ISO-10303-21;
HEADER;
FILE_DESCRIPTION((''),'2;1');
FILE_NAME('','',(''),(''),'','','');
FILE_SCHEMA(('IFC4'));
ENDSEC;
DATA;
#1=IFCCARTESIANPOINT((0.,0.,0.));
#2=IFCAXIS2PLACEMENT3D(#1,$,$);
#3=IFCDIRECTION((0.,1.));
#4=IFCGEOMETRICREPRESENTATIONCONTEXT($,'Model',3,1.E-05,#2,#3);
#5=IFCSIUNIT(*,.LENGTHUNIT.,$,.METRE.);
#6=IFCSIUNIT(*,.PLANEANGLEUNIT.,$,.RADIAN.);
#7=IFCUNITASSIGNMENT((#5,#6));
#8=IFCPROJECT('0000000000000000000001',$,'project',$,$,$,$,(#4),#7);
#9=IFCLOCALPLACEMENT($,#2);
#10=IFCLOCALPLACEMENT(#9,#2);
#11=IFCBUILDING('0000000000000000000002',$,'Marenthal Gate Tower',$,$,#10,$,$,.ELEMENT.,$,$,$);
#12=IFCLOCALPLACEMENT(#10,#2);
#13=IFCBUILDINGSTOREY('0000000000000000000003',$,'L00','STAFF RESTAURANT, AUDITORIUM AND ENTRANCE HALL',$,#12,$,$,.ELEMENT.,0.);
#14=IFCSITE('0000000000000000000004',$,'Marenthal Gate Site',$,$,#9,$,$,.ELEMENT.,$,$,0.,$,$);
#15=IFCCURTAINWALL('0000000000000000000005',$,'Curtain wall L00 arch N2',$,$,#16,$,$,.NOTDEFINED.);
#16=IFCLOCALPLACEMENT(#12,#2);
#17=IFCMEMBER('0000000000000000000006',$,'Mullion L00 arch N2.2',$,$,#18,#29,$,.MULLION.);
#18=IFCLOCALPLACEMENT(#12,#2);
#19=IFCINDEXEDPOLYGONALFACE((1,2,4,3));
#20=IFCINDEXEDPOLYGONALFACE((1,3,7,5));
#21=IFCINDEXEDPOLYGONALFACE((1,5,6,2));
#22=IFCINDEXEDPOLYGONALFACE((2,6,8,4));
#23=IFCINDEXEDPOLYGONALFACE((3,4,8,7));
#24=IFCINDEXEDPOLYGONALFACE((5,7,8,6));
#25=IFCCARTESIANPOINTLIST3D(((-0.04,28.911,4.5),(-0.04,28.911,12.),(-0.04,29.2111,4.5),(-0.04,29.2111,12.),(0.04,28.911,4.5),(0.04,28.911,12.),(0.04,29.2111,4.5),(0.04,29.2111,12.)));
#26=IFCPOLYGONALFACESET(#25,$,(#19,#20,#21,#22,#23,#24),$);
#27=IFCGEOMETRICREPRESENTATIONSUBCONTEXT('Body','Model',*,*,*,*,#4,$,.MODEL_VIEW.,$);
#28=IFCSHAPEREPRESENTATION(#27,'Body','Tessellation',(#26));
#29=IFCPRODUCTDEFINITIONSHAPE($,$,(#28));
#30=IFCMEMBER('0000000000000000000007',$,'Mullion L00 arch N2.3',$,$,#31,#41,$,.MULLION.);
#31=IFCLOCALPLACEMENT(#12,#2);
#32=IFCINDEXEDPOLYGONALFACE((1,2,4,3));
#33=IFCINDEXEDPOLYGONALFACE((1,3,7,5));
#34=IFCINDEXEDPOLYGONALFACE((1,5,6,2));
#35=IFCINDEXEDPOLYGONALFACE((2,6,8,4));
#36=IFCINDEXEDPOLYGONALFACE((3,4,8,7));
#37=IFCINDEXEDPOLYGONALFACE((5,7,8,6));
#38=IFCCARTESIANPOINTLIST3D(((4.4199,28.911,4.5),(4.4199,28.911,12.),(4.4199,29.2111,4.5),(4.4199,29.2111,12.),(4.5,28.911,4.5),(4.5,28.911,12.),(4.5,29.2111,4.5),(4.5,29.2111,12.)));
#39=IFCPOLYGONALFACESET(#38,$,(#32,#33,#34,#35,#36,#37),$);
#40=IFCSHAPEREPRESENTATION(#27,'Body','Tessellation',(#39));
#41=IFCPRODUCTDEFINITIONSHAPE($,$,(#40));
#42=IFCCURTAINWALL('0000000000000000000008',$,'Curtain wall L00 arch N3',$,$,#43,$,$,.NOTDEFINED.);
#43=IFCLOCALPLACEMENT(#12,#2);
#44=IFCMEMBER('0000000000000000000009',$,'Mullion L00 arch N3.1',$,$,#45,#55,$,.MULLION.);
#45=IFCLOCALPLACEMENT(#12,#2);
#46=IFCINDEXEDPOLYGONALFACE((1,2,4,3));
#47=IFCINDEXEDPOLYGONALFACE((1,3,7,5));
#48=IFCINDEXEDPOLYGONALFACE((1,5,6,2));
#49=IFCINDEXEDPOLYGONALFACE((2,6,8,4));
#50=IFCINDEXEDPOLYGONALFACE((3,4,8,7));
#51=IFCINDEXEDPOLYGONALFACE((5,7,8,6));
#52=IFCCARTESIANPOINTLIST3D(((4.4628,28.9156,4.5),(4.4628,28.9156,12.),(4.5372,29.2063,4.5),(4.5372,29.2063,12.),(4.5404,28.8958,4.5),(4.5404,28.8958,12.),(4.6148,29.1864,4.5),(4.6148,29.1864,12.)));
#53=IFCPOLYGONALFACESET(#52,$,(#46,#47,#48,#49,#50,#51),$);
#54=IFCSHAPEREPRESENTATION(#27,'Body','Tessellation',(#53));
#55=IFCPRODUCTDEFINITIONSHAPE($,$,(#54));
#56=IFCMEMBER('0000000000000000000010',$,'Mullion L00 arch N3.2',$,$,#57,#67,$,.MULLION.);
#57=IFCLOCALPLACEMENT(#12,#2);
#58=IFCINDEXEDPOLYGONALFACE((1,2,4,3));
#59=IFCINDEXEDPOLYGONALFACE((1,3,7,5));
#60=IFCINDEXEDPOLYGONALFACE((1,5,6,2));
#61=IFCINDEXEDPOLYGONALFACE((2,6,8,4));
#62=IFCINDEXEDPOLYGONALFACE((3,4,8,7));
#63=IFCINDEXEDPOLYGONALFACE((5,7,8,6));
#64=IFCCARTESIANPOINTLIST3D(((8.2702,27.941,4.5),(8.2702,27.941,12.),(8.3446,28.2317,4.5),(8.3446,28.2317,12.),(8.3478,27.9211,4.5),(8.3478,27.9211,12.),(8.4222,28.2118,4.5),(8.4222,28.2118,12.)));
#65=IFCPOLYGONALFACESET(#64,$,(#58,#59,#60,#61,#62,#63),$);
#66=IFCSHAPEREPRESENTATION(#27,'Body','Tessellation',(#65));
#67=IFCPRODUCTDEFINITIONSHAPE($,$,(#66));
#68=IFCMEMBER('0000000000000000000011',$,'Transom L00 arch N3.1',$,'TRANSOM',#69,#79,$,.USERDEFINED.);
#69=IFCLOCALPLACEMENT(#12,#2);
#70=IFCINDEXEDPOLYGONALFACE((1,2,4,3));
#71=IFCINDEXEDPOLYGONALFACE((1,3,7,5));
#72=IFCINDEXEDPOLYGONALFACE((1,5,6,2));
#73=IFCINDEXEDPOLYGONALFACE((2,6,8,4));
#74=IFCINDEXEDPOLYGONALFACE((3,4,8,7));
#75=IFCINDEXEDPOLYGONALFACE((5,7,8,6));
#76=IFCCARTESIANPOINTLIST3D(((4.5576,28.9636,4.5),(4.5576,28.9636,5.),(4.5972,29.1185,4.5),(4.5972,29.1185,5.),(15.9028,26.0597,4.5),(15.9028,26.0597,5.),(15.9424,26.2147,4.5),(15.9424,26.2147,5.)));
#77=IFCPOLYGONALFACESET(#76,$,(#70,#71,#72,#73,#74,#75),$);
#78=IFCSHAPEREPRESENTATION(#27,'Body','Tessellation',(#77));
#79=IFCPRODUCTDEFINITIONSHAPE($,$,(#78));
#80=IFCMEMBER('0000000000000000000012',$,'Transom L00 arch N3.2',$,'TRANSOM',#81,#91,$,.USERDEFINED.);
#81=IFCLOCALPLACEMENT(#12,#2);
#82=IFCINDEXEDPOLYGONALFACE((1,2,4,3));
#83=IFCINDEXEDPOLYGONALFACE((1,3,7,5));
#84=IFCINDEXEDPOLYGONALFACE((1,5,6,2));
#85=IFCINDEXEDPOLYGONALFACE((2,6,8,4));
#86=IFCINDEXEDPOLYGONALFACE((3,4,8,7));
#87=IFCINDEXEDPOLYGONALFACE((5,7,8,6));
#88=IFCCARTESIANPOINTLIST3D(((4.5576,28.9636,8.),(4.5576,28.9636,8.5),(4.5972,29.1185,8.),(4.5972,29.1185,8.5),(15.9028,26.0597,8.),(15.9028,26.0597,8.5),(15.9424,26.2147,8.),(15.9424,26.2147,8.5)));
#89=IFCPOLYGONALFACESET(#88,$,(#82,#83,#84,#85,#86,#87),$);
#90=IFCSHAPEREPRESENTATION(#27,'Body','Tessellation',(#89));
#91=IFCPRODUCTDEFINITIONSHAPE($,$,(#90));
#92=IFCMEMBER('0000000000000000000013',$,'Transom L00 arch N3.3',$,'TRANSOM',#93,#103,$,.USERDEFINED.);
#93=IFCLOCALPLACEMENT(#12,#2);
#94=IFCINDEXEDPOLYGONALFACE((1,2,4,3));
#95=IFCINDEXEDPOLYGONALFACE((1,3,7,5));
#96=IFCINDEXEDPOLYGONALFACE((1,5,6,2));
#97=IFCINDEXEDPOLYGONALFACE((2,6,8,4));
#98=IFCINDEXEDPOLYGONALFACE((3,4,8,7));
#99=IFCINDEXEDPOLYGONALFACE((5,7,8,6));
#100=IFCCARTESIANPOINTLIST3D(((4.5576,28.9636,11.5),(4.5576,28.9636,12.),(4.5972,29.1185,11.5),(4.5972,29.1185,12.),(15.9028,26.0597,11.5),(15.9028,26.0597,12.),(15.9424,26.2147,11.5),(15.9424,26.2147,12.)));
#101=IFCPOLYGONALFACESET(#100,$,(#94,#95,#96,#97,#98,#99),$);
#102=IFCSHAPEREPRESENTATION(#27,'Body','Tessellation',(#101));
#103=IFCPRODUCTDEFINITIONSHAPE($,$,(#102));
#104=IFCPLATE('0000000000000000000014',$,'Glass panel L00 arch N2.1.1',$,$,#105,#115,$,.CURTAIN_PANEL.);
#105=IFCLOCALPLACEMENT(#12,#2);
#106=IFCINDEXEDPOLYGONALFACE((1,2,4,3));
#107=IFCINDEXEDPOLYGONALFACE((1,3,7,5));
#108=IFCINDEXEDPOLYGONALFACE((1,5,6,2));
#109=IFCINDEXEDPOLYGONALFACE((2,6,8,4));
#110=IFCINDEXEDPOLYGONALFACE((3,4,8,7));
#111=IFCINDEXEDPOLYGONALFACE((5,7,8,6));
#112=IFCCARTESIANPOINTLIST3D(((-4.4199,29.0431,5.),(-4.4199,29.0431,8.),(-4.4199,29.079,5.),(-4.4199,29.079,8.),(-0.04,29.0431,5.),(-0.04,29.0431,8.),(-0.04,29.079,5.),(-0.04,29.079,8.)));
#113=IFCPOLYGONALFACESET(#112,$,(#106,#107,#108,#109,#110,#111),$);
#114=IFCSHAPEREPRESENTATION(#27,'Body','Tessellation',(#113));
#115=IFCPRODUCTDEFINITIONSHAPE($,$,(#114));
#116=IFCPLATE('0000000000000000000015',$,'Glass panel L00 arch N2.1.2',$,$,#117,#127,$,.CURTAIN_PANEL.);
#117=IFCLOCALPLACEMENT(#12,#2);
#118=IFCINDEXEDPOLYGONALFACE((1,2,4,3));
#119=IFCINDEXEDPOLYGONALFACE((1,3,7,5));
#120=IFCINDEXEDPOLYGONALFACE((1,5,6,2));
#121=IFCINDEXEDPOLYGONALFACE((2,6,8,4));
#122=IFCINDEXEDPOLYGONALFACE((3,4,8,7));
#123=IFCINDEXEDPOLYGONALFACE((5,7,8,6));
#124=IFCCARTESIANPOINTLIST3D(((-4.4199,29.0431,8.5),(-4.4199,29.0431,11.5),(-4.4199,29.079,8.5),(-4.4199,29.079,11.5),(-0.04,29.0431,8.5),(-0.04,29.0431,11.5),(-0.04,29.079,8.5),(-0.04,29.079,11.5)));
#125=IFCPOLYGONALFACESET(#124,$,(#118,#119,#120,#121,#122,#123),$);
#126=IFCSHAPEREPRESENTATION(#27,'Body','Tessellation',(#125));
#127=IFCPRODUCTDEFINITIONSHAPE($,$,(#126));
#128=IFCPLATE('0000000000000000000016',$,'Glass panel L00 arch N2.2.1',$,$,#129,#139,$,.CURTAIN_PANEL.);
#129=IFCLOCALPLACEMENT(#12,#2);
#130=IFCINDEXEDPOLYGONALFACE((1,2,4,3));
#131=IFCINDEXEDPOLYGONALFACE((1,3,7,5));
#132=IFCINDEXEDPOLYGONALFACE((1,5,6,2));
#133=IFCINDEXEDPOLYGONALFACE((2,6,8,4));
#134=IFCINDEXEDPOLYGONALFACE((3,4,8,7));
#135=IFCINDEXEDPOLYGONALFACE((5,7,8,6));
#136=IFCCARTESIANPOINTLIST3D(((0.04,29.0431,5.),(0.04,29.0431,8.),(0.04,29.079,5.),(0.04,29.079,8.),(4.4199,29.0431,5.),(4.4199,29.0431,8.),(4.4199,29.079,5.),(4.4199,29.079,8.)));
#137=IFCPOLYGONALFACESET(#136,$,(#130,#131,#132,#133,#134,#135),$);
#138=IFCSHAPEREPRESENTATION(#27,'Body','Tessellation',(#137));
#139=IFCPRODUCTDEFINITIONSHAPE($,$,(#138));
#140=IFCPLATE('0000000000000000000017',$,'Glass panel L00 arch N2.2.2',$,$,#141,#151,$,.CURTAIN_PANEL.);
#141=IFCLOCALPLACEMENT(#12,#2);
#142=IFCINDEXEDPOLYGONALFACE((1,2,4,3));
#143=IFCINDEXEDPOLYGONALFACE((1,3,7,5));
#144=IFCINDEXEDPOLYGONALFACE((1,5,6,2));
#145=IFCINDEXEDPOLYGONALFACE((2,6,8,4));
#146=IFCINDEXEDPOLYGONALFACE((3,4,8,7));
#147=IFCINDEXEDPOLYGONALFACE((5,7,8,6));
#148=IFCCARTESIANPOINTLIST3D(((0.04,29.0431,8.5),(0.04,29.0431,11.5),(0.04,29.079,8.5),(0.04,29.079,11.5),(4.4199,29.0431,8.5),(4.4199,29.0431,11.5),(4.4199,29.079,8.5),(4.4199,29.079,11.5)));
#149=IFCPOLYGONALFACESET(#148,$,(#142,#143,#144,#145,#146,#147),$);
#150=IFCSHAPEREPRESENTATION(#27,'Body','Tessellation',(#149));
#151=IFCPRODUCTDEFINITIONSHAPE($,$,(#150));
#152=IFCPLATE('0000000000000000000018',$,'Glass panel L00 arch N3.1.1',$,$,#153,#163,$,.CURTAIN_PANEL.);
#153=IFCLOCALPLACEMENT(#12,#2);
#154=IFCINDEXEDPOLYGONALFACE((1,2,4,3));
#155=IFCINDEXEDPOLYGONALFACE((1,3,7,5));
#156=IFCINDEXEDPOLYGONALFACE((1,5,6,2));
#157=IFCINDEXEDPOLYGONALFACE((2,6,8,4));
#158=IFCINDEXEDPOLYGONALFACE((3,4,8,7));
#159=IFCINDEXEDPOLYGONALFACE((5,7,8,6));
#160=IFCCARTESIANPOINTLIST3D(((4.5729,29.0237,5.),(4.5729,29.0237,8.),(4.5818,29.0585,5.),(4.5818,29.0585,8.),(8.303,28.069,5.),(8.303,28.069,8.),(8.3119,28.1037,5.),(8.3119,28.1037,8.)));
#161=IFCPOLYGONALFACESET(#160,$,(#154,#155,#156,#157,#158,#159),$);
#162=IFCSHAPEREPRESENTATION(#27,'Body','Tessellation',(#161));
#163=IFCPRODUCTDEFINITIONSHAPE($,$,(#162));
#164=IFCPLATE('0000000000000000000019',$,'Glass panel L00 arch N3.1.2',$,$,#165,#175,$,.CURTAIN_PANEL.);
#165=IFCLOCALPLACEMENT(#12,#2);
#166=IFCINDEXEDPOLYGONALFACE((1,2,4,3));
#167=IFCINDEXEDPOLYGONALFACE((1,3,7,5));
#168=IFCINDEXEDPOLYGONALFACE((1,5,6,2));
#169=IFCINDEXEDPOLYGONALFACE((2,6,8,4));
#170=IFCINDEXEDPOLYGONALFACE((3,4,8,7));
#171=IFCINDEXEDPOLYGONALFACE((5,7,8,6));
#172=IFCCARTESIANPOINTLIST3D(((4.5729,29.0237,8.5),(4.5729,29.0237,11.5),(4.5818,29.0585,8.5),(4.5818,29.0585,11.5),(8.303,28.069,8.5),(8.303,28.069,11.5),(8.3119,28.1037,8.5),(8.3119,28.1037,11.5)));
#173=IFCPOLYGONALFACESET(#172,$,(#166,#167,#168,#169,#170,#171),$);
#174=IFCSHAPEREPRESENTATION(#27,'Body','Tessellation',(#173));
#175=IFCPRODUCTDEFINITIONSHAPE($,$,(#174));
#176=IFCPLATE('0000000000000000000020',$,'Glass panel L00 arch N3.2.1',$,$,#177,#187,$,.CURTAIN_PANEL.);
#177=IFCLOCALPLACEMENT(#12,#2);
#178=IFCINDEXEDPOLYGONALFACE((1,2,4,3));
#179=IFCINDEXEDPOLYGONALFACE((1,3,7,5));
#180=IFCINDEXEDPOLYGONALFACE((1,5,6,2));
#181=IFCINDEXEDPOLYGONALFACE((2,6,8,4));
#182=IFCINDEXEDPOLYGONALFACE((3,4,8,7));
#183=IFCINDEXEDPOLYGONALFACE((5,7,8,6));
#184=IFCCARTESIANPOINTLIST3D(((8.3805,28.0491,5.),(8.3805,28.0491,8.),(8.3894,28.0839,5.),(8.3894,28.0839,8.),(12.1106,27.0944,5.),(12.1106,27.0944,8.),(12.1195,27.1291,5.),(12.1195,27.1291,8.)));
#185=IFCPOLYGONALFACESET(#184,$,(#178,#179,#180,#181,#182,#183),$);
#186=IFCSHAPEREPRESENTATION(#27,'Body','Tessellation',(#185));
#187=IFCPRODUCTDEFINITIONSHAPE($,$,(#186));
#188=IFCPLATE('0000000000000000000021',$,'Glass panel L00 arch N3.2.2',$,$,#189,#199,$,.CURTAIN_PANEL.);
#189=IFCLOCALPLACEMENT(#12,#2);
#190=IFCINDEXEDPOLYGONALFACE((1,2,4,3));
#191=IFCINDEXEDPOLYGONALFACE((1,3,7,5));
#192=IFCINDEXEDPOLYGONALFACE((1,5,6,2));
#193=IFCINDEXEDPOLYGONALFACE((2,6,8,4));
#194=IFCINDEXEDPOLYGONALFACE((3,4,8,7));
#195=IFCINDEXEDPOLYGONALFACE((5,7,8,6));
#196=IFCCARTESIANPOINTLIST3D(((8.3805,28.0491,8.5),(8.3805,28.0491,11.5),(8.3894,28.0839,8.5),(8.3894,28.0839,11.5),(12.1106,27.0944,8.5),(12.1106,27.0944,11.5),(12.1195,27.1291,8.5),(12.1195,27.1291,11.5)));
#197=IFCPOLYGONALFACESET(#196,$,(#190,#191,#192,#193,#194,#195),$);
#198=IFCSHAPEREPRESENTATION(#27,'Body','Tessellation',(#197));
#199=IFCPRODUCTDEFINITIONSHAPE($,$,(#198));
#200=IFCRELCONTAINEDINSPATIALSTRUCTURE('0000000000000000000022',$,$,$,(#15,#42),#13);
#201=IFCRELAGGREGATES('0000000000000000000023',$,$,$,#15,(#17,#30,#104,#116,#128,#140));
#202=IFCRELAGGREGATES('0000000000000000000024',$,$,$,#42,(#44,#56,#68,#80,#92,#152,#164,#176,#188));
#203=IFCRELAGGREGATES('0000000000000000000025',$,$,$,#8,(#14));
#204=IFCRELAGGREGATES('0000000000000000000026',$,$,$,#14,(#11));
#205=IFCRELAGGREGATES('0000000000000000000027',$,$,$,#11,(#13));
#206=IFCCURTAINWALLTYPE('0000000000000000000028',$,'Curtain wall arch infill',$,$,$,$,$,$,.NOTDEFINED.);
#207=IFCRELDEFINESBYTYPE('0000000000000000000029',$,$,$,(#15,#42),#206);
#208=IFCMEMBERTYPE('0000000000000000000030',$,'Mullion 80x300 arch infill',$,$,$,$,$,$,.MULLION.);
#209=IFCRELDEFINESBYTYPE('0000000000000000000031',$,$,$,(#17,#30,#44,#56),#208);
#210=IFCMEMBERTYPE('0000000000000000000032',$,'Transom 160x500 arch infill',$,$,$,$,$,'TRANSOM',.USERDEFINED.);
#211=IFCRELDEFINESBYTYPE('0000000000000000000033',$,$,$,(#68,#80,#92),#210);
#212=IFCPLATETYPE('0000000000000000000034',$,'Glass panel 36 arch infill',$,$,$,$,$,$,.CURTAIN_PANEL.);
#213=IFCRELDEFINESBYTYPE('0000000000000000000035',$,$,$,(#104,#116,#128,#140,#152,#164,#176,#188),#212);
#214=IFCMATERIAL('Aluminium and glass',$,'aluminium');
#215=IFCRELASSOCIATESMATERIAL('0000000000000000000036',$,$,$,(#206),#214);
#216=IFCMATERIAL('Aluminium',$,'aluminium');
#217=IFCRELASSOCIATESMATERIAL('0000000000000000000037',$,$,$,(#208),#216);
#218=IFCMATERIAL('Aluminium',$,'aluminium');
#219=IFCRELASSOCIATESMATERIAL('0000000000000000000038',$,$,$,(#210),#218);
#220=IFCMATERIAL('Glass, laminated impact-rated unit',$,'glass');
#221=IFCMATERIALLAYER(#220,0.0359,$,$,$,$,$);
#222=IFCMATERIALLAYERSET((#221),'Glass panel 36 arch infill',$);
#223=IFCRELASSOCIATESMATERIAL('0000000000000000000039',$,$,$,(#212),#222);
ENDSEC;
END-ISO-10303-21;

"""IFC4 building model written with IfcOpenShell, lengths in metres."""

from ifc_helpers import new_model, si_unit, direction, frame, origin, origin_2d, place, context, subcontext, project, spatial, rectangle, extrude, material, layer, layer_set, material_profile, profile_set, type_object, element, aggregate, save


model = new_model("IFC4")

# Units and contexts
model_context = context("Model", 3, precision=1e-05, world=origin(), true_north=direction((0.0, 1.0)))
body_context = subcontext(model_context, "Body", "Model", "MODEL_VIEW")
ifc_project = project(units=[si_unit("LENGTHUNIT", "METRE"), si_unit("PLANEANGLEUNIT", "RADIAN")], contexts=[model_context])

# Site, building, storey
site_placement = place(None, origin())
site = spatial("IfcSite", under=ifc_project, at=site_placement, Name="Marenthal Gate Site", CompositionType="ELEMENT", RefElevation=0.0)
building_placement = place(site_placement, origin())
building = spatial("IfcBuilding", under=site, at=building_placement, Name="Marenthal Gate Tower", CompositionType="ELEMENT")
storey_placement = place(building_placement, origin())
storey = spatial("IfcBuildingStorey", under=building, at=storey_placement, Name="L00", Description="STAFF RESTAURANT, AUDITORIUM AND ENTRANCE HALL", CompositionType="ELEMENT", Elevation=0.0)

# Curtain walls, members
ifc_material_1 = material(Name="Aluminium and glass", Category="aluminium")
curtain_wall_type = type_object("IfcCurtainWallType", Name="Curtain wall arch infill", PredefinedType="NOTDEFINED", material=ifc_material_1)
curtain_wall_1_placement = place(storey_placement, origin())
curtain_wall_1 = element("IfcCurtainWall", 1, at=curtain_wall_1_placement, inside=storey, type_object=curtain_wall_type, Name="Curtain wall L00 arch N2", PredefinedType="NOTDEFINED")
ifc_material_2 = material(Name="Aluminium", Category="aluminium")
ifc_material_profile_1 = material_profile(ifc_material_2, rectangle(XDim=0.3, YDim=0.0801, at=origin_2d()), Name="80x300 aluminium mullion")
ifc_profile_set_1 = profile_set([ifc_material_profile_1], Name="Aluminium")
member_type_1 = type_object("IfcMemberType", Name="Mullion 80x300 arch infill", PredefinedType="MULLION", material=ifc_profile_set_1)
member_1_placement = place(storey_placement, frame((0.0, 29.061, 4.5), z_axis=(0.0, 0.0, 1.0), x_axis=(0.0, 1.0, 0.0)))
member_1 = element("IfcMember", 2, at=member_1_placement, type_object=member_type_1, Name="Mullion L00 arch N2.2", PredefinedType="MULLION", context=body_context, shape_type="SweptSolid", body=[
    extrude(rectangle(XDim=0.3, YDim=0.0801, at=origin_2d()), origin(), (0.0, 0.0, 1.0), 7.5),
])
member_2_placement = place(storey_placement, frame((4.46, 29.061, 4.5), z_axis=(0.0, 0.0, 1.0), x_axis=(0.0, 1.0, 0.0)))
member_2 = element("IfcMember", 3, at=member_2_placement, type_object=member_type_1, Name="Mullion L00 arch N2.3", PredefinedType="MULLION", context=body_context, shape_type="SweptSolid", body=[
    extrude(rectangle(XDim=0.3, YDim=0.0801, at=origin_2d()), origin(), (0.0, 0.0, 1.0), 7.5),
])
curtain_wall_2_placement = place(storey_placement, origin())
curtain_wall_2 = element("IfcCurtainWall", 4, at=curtain_wall_2_placement, inside=storey, type_object=curtain_wall_type, Name="Curtain wall L00 arch N3", PredefinedType="NOTDEFINED")
member_3_placement = place(storey_placement, frame((4.5388, 29.051, 4.5), z_axis=(0.0, 0.0, 1.0), x_axis=(0.247965, 0.968769, 0.0)))
member_3 = element("IfcMember", 5, at=member_3_placement, type_object=member_type_1, Name="Mullion L00 arch N3.1", PredefinedType="MULLION", context=body_context, shape_type="SweptSolid", body=[
    extrude(rectangle(XDim=0.3, YDim=0.0801, at=origin_2d()), origin(), (0.0, 0.0, 1.0), 7.5),
])
member_4_placement = place(storey_placement, frame((8.3462, 28.0764, 4.5), z_axis=(0.0, 0.0, 1.0), x_axis=(0.247965, 0.968769, 0.0)))
member_4 = element("IfcMember", 6, at=member_4_placement, type_object=member_type_1, Name="Mullion L00 arch N3.2", PredefinedType="MULLION", context=body_context, shape_type="SweptSolid", body=[
    extrude(rectangle(XDim=0.3, YDim=0.0801, at=origin_2d()), origin(), (0.0, 0.0, 1.0), 7.5),
])
ifc_material_3 = material(Name="Aluminium", Category="aluminium")
ifc_material_profile_2 = material_profile(ifc_material_3, rectangle(XDim=0.1599, YDim=0.5, at=origin_2d()), Name="160x500 aluminium transom")
ifc_profile_set_2 = profile_set([ifc_material_profile_2], Name="Aluminium")
member_type_2 = type_object("IfcMemberType", Name="Transom 160x500 arch infill", ElementType="TRANSOM", PredefinedType="USERDEFINED", material=ifc_profile_set_2)
member_5_placement = place(storey_placement, frame((4.5774, 29.041, 4.75), z_axis=(0.968771, -0.247957, 0.0), x_axis=(0.247957, 0.968771, 0.0)))
member_5 = element("IfcMember", 7, at=member_5_placement, type_object=member_type_2, Name="Transom L00 arch N3.1", ObjectType="TRANSOM", PredefinedType="USERDEFINED", context=body_context, shape_type="SweptSolid", body=[
    extrude(rectangle(XDim=0.1599, YDim=0.5, at=origin_2d()), origin(), (0.0, 0.0, 1.0), 11.7109),
])
member_6_placement = place(storey_placement, frame((4.5774, 29.041, 8.25), z_axis=(0.968771, -0.247957, 0.0), x_axis=(0.247957, 0.968771, 0.0)))
member_6 = element("IfcMember", 8, at=member_6_placement, type_object=member_type_2, Name="Transom L00 arch N3.2", ObjectType="TRANSOM", PredefinedType="USERDEFINED", context=body_context, shape_type="SweptSolid", body=[
    extrude(rectangle(XDim=0.1599, YDim=0.5, at=origin_2d()), origin(), (0.0, 0.0, 1.0), 11.7109),
])
member_7_placement = place(storey_placement, frame((4.5774, 29.041, 11.75), z_axis=(0.968771, -0.247957, 0.0), x_axis=(0.247957, 0.968771, 0.0)))
member_7 = element("IfcMember", 9, at=member_7_placement, type_object=member_type_2, Name="Transom L00 arch N3.3", ObjectType="TRANSOM", PredefinedType="USERDEFINED", context=body_context, shape_type="SweptSolid", body=[
    extrude(rectangle(XDim=0.1599, YDim=0.5, at=origin_2d()), origin(), (0.0, 0.0, 1.0), 11.7109),
])

# Plates
ifc_material_4 = material(Name="Glass, laminated impact-rated unit", Category="glass")
ifc_layer_1 = layer(ifc_material_4, 0.0359)
ifc_layer_set_1 = layer_set([ifc_layer_1], Name="Glass panel 36 arch infill")
plate_type = type_object("IfcPlateType", Name="Glass panel 36 arch infill", PredefinedType="CURTAIN_PANEL", material=ifc_layer_set_1)
plate_1_placement = place(storey_placement, frame((-2.23, 29.061, 5.0), z_axis=(0.0, 0.0, 1.0), x_axis=(1.0, 0.0, 0.0)))
plate_1 = element("IfcPlate", 10, at=plate_1_placement, type_object=plate_type, Name="Glass panel L00 arch N2.1.1", PredefinedType="CURTAIN_PANEL", context=body_context, shape_type="SweptSolid", body=[
    extrude(rectangle(XDim=4.3799, YDim=0.0359, at=origin_2d()), origin(), (0.0, 0.0, 1.0), 3.0),
])
plate_2_placement = place(storey_placement, frame((-2.23, 29.061, 8.5), z_axis=(0.0, 0.0, 1.0), x_axis=(1.0, 0.0, 0.0)))
plate_2 = element("IfcPlate", 11, at=plate_2_placement, type_object=plate_type, Name="Glass panel L00 arch N2.1.2", PredefinedType="CURTAIN_PANEL", context=body_context, shape_type="SweptSolid", body=[
    extrude(rectangle(XDim=4.3799, YDim=0.0359, at=origin_2d()), origin(), (0.0, 0.0, 1.0), 3.0),
])
plate_3_placement = place(storey_placement, frame((2.23, 29.061, 5.0), z_axis=(0.0, 0.0, 1.0), x_axis=(1.0, 0.0, 0.0)))
plate_3 = element("IfcPlate", 12, at=plate_3_placement, type_object=plate_type, Name="Glass panel L00 arch N2.2.1", PredefinedType="CURTAIN_PANEL", context=body_context, shape_type="SweptSolid", body=[
    extrude(rectangle(XDim=4.3799, YDim=0.0359, at=origin_2d()), origin(), (0.0, 0.0, 1.0), 3.0),
])
plate_4_placement = place(storey_placement, frame((2.23, 29.061, 8.5), z_axis=(0.0, 0.0, 1.0), x_axis=(1.0, 0.0, 0.0)))
plate_4 = element("IfcPlate", 13, at=plate_4_placement, type_object=plate_type, Name="Glass panel L00 arch N2.2.2", PredefinedType="CURTAIN_PANEL", context=body_context, shape_type="SweptSolid", body=[
    extrude(rectangle(XDim=4.3799, YDim=0.0359, at=origin_2d()), origin(), (0.0, 0.0, 1.0), 3.0),
])
aggregate(curtain_wall_1, [member_1, member_2, plate_1, plate_2, plate_3, plate_4])
plate_5_placement = place(storey_placement, frame((6.4424, 28.5637, 5.0), z_axis=(0.0, 0.0, 1.0), x_axis=(0.968769, -0.247965, 0.0)))
plate_5 = element("IfcPlate", 14, at=plate_5_placement, type_object=plate_type, Name="Glass panel L00 arch N3.1.1", PredefinedType="CURTAIN_PANEL", context=body_context, shape_type="SweptSolid", body=[
    extrude(rectangle(XDim=3.8503, YDim=0.0359, at=origin_2d()), origin(), (0.0, 0.0, 1.0), 3.0),
])
plate_6_placement = place(storey_placement, frame((6.4424, 28.5637, 8.5), z_axis=(0.0, 0.0, 1.0), x_axis=(0.968769, -0.247965, 0.0)))
plate_6 = element("IfcPlate", 15, at=plate_6_placement, type_object=plate_type, Name="Glass panel L00 arch N3.1.2", PredefinedType="CURTAIN_PANEL", context=body_context, shape_type="SweptSolid", body=[
    extrude(rectangle(XDim=3.8503, YDim=0.0359, at=origin_2d()), origin(), (0.0, 0.0, 1.0), 3.0),
])
plate_7_placement = place(storey_placement, frame((10.25, 27.5891, 5.0), z_axis=(0.0, 0.0, 1.0), x_axis=(0.968769, -0.247965, 0.0)))
plate_7 = element("IfcPlate", 16, at=plate_7_placement, type_object=plate_type, Name="Glass panel L00 arch N3.2.1", PredefinedType="CURTAIN_PANEL", context=body_context, shape_type="SweptSolid", body=[
    extrude(rectangle(XDim=3.8503, YDim=0.0359, at=origin_2d()), origin(), (0.0, 0.0, 1.0), 3.0),
])
plate_8_placement = place(storey_placement, frame((10.25, 27.5891, 8.5), z_axis=(0.0, 0.0, 1.0), x_axis=(0.968769, -0.247965, 0.0)))
plate_8 = element("IfcPlate", 17, at=plate_8_placement, type_object=plate_type, Name="Glass panel L00 arch N3.2.2", PredefinedType="CURTAIN_PANEL", context=body_context, shape_type="SweptSolid", body=[
    extrude(rectangle(XDim=3.8503, YDim=0.0359, at=origin_2d()), origin(), (0.0, 0.0, 1.0), 3.0),
])
aggregate(curtain_wall_2, [member_3, member_4, member_5, member_6, member_7, plate_5, plate_6, plate_7, plate_8])

save(model, "model.ifc")
